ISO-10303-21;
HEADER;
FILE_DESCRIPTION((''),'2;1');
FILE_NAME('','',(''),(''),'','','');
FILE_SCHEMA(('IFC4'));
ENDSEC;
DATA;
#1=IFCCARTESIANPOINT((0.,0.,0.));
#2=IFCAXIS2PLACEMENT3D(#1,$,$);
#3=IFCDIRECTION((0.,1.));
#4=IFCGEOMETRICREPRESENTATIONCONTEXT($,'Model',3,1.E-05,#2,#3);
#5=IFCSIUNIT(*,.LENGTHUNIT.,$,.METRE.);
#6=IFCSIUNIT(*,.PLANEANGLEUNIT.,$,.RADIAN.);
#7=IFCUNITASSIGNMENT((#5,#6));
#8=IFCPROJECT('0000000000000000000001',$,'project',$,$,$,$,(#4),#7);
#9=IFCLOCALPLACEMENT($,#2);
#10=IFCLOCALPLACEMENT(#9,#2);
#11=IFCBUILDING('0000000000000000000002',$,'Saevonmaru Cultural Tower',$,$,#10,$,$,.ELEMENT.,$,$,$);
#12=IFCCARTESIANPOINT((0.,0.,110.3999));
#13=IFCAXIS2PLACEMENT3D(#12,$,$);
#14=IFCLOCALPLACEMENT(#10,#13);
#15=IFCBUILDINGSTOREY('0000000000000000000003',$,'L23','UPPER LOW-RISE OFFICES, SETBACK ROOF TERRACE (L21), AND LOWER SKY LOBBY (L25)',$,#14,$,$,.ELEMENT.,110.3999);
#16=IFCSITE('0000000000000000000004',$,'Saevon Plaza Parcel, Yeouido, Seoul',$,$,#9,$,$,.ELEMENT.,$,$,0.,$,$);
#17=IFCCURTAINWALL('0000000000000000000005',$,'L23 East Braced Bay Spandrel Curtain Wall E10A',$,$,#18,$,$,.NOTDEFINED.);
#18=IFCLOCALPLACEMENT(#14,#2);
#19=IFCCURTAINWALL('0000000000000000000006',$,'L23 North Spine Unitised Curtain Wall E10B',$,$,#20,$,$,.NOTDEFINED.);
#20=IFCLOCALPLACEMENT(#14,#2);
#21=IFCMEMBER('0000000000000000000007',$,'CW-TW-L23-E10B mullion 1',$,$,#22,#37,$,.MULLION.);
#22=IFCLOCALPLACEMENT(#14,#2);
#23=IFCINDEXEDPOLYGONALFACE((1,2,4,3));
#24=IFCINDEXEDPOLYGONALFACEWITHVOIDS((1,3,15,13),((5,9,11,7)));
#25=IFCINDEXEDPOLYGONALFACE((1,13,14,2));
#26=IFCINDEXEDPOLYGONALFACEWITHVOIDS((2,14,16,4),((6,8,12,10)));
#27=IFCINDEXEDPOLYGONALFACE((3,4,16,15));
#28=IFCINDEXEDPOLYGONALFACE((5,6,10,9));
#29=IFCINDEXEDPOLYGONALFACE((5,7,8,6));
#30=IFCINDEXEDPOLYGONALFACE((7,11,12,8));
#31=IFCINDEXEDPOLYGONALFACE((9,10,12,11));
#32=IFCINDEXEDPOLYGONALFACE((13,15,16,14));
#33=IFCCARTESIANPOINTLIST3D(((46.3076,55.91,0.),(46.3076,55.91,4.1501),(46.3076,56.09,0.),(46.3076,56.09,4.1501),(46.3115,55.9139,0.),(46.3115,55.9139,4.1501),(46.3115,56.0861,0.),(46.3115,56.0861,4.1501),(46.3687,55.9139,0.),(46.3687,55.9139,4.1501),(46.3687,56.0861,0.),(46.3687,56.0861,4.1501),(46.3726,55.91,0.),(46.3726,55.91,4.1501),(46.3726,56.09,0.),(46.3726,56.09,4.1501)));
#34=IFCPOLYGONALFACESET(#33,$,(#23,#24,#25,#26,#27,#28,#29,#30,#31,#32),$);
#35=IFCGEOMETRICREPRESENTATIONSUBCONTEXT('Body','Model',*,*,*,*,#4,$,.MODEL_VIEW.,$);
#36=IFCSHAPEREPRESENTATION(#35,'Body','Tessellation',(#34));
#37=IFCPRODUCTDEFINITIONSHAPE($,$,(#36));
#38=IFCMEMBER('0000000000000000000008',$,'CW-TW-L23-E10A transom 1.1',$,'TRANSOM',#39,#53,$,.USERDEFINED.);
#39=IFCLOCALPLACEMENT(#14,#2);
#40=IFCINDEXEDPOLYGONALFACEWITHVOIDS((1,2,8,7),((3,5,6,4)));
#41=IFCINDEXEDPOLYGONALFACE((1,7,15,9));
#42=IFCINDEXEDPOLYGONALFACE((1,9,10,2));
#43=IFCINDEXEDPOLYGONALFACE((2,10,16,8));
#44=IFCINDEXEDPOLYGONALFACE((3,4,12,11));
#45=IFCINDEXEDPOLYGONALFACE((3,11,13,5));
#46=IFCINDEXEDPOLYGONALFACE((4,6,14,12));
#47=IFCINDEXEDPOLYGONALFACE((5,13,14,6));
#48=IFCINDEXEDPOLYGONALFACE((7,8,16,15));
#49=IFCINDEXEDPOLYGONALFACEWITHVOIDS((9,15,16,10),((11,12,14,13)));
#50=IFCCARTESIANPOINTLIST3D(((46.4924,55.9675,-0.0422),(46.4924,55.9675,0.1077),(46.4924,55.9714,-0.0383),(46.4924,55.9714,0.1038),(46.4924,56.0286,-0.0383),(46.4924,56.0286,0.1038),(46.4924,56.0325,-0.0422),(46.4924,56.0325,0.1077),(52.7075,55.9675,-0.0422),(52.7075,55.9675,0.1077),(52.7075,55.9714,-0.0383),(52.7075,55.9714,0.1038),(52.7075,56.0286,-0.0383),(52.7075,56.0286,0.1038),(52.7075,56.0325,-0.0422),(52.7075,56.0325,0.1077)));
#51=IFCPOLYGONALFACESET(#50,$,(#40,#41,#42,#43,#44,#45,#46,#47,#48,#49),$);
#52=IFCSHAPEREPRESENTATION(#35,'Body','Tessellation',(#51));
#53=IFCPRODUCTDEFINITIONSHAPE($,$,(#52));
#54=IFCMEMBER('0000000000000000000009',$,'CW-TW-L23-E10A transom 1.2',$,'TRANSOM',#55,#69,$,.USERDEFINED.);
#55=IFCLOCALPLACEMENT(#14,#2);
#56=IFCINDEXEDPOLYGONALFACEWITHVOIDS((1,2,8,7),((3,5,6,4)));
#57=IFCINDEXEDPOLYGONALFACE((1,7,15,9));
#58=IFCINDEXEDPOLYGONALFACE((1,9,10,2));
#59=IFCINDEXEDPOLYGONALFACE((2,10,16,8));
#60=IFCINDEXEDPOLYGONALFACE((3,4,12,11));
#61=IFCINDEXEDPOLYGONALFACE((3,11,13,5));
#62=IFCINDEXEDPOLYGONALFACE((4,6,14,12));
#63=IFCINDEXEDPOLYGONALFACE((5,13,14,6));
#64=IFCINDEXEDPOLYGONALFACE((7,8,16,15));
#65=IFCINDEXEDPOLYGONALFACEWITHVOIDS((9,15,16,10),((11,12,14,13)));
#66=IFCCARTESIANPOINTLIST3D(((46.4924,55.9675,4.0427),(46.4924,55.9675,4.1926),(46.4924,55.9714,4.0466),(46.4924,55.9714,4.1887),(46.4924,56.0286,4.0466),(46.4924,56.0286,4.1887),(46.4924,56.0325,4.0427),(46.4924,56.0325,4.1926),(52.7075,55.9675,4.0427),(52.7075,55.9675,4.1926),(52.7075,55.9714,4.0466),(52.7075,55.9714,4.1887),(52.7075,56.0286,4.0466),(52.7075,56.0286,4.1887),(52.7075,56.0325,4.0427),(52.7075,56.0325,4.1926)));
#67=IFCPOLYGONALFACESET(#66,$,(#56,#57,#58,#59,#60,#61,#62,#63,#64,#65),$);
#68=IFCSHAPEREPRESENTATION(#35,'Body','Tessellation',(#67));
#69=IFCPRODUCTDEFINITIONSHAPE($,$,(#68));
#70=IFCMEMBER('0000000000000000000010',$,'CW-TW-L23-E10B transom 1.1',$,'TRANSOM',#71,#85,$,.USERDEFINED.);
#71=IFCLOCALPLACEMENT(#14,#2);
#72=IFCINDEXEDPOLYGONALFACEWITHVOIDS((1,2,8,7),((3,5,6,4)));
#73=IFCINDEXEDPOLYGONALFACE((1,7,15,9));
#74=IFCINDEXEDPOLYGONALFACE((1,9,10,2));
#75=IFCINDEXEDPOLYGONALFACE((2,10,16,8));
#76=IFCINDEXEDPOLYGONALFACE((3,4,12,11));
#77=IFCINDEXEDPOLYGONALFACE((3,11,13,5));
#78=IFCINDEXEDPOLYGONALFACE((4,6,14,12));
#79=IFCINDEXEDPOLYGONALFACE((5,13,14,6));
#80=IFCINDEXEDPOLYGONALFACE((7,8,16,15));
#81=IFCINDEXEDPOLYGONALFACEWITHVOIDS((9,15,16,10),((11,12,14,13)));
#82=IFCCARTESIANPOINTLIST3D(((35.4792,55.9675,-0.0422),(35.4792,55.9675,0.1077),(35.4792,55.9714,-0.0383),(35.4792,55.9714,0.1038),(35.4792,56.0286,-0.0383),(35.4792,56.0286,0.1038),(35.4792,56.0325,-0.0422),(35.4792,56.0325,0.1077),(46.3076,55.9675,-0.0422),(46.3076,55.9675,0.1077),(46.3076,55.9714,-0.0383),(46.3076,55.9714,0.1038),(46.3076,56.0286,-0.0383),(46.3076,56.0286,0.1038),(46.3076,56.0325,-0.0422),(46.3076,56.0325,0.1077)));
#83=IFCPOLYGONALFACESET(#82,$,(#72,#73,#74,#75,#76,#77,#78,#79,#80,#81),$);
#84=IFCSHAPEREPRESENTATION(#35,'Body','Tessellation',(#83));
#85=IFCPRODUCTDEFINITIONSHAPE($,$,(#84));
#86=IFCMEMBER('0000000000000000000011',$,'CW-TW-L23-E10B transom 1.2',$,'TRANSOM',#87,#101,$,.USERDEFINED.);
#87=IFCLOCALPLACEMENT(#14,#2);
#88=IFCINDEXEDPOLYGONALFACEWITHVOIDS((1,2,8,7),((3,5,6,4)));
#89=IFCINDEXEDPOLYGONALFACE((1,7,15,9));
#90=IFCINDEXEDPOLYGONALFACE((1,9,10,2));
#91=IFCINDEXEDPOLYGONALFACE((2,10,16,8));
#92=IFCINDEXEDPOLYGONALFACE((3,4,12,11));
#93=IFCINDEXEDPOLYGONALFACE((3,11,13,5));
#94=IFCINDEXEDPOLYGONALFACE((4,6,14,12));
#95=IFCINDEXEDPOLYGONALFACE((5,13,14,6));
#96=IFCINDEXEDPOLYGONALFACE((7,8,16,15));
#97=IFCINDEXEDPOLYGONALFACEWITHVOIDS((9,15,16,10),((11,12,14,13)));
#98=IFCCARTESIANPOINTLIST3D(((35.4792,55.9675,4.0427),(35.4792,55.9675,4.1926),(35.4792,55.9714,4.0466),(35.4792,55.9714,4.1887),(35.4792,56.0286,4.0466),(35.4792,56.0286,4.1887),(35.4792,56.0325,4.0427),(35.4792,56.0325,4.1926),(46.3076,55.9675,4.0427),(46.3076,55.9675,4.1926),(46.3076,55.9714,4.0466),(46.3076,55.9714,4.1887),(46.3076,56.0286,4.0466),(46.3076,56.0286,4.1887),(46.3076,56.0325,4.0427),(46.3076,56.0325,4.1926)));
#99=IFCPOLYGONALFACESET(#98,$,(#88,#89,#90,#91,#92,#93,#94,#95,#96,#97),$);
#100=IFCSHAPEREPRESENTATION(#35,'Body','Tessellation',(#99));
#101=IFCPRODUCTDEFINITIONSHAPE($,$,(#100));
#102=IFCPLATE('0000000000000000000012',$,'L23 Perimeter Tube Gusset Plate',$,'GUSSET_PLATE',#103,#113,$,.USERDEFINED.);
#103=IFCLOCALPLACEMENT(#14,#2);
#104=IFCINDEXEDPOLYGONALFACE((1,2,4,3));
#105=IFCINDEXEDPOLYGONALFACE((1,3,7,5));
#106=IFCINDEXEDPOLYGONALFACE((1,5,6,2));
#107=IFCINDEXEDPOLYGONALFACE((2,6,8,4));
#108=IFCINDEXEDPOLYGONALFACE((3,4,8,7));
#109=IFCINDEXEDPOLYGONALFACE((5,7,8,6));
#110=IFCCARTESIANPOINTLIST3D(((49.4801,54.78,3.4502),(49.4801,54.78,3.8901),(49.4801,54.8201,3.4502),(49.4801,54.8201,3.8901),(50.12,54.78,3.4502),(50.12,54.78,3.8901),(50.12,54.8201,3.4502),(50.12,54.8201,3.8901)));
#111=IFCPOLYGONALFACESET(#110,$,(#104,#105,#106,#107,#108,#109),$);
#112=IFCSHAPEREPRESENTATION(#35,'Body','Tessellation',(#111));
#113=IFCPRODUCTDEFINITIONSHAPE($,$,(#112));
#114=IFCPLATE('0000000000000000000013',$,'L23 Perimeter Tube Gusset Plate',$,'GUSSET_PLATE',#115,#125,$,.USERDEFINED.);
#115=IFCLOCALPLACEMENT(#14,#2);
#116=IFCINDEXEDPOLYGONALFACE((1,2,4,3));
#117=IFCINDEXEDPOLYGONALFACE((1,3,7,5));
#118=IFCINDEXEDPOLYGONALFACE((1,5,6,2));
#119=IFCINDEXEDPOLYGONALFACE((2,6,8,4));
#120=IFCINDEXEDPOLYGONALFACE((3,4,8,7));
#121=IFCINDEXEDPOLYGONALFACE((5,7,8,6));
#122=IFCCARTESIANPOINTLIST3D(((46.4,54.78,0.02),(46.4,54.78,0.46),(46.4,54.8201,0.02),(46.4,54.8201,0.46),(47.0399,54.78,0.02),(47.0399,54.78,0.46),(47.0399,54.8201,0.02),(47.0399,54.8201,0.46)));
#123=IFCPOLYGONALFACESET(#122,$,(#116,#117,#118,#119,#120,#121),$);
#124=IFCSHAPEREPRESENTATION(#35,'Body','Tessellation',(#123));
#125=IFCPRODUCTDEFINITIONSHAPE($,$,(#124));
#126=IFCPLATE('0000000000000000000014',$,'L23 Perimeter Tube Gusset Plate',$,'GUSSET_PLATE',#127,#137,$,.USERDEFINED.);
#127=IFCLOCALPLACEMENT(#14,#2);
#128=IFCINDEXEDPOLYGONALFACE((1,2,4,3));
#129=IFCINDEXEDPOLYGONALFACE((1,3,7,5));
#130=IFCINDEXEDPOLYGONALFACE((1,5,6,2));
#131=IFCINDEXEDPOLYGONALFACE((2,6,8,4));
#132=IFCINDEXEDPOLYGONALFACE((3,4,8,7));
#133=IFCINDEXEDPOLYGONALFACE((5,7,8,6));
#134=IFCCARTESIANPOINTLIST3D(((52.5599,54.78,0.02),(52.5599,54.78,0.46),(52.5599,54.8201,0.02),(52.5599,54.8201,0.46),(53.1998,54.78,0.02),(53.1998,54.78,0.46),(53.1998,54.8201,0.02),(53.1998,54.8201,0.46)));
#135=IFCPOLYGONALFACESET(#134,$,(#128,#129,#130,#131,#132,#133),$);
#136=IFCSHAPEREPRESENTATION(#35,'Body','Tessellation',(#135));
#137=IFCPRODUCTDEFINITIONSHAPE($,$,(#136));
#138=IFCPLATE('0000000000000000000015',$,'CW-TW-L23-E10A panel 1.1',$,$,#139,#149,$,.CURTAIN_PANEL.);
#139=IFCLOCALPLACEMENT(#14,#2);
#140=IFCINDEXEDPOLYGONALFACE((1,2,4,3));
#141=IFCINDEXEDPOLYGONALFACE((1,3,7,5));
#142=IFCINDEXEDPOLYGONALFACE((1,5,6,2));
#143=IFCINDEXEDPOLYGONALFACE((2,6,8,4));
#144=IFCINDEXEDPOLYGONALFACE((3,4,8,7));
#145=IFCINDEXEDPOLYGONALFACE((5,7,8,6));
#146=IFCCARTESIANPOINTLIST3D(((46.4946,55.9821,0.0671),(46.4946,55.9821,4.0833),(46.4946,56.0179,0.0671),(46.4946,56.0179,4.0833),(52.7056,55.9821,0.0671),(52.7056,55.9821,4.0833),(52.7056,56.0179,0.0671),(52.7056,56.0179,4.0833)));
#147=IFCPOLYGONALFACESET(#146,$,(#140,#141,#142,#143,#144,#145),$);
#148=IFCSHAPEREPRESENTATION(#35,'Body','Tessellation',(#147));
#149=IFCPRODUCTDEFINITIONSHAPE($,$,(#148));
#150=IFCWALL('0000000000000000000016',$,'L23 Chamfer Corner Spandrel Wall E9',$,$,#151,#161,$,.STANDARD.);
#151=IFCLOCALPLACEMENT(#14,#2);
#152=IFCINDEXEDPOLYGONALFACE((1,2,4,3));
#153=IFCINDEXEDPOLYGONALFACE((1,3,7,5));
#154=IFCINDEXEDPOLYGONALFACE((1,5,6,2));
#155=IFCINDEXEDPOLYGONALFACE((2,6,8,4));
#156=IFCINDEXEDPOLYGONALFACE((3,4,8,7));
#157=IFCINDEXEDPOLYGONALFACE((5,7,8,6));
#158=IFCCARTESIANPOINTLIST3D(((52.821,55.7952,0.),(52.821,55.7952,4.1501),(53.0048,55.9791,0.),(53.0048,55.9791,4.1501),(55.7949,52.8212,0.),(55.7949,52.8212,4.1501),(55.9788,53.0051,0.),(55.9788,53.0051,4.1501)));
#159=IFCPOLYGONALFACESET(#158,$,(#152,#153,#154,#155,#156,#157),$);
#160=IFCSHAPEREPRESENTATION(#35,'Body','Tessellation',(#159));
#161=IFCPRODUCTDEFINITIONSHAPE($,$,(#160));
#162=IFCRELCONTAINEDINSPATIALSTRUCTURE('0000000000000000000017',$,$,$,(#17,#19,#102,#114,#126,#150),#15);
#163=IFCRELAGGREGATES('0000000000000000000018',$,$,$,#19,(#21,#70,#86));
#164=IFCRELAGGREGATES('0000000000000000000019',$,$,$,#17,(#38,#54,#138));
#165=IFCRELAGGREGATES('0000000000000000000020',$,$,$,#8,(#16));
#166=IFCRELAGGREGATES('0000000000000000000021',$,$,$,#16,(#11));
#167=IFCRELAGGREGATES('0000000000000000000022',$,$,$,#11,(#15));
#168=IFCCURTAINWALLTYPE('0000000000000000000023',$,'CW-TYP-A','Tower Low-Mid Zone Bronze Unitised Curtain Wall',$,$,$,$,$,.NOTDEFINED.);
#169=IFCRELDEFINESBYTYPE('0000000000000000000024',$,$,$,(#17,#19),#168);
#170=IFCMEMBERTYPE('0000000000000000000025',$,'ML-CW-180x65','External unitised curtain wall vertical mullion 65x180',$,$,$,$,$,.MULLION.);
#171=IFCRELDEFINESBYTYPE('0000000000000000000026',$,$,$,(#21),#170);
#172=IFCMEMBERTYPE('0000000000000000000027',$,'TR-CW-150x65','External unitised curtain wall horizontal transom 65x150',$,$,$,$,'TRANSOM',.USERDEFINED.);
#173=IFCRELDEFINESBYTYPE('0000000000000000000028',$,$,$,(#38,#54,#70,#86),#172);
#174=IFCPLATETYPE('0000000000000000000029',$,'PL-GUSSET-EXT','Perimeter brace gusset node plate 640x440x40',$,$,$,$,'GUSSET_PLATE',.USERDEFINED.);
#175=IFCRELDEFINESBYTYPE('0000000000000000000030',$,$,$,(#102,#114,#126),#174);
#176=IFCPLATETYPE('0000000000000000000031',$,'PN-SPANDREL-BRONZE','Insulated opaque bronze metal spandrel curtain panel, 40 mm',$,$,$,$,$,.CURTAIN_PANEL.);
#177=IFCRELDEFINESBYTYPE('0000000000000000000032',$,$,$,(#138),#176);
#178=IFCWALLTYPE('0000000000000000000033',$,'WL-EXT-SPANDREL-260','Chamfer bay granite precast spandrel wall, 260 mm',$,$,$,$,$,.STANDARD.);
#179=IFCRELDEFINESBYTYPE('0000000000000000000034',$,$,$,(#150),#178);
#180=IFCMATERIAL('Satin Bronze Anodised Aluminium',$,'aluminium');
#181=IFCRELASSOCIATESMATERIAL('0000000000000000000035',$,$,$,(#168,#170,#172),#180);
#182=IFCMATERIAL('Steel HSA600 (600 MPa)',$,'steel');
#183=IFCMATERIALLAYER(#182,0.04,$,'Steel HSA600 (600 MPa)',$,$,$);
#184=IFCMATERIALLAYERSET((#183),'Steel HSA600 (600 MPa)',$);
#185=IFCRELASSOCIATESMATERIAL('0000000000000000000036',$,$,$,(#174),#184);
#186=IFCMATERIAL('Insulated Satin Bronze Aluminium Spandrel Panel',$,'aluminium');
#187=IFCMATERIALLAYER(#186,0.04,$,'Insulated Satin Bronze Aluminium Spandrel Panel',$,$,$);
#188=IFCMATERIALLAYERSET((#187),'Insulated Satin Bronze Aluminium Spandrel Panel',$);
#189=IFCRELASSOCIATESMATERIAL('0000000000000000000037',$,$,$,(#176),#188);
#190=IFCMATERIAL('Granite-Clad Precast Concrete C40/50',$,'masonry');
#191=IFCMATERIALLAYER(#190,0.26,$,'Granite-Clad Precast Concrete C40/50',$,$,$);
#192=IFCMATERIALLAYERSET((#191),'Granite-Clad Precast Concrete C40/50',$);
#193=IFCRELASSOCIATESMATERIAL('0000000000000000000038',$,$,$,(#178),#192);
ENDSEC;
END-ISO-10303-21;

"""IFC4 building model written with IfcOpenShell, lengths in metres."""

from ifc_helpers import new_model, si_unit, direction, frame, frame_2d, origin, origin_2d, place, context, subcontext, project, spatial, rectangle, hollow_rectangle, extrude, material, layer, layer_set, material_profile, profile_set, type_object, element, aggregate, save


model = new_model("IFC4")

# Units and contexts
model_context = context("Model", 3, precision=1e-05, world=origin(), true_north=direction((0.0, 1.0)))
body_context = subcontext(model_context, "Body", "Model", "MODEL_VIEW")
ifc_project = project(units=[si_unit("LENGTHUNIT", "METRE"), si_unit("PLANEANGLEUNIT", "RADIAN")], contexts=[model_context])

# Site, building, storey
site_placement = place(None, origin())
site = spatial("IfcSite", under=ifc_project, at=site_placement, Name="Saevon Plaza Parcel, Yeouido, Seoul", CompositionType="ELEMENT", RefElevation=0.0)
building_placement = place(site_placement, origin())
building = spatial("IfcBuilding", under=site, at=building_placement, Name="Saevonmaru Cultural Tower", CompositionType="ELEMENT")
storey_placement = place(building_placement, frame((0.0, 0.0, 110.3999)))
storey = spatial("IfcBuildingStorey", under=building, at=storey_placement, Name="L23", Description="UPPER LOW-RISE OFFICES, SETBACK ROOF TERRACE (L21), AND LOWER SKY LOBBY (L25)", CompositionType="ELEMENT", Elevation=110.3999)

# Shared definitions
ifc_material_1 = material(Name="Steel HSA600 (600 MPa)", Category="steel")

# Shared definitions
ifc_material_2 = material(Name="Satin Bronze Anodised Aluminium", Category="aluminium")
curtain_wall_type = type_object("IfcCurtainWallType", Name="CW-TYP-A", Description="Tower Low-Mid Zone Bronze Unitised Curtain Wall", PredefinedType="NOTDEFINED", material=ifc_material_2)
ifc_material_profile_1 = material_profile(ifc_material_2, hollow_rectangle(XDim=0.0649, YDim=0.1799, WallThickness=0.0039, at=origin_2d()), Name="ALU-MULL-180x65x4")
ifc_profile_set_1 = profile_set([ifc_material_profile_1], Name="Satin Bronze Anodised Aluminium")
member_type_1 = type_object("IfcMemberType", Name="ML-CW-180x65", Description="External unitised curtain wall vertical mullion 65x180", PredefinedType="MULLION", material=ifc_profile_set_1)

# Curtain wall
curtain_wall_1_placement = place(storey_placement, origin())
curtain_wall_1 = element("IfcCurtainWall", 1, at=curtain_wall_1_placement, inside=storey, type_object=curtain_wall_type, Name="L23 East Braced Bay Spandrel Curtain Wall E10A", PredefinedType="NOTDEFINED")

# Curtain wall, member
curtain_wall_2_placement = place(storey_placement, origin())
curtain_wall_2 = element("IfcCurtainWall", 2, at=curtain_wall_2_placement, inside=storey, type_object=curtain_wall_type, Name="L23 North Spine Unitised Curtain Wall E10B", PredefinedType="NOTDEFINED")
member_1_placement = place(storey_placement, frame((46.3401, 56.0, 0.0), z_axis=(0.0, 0.0, 1.0), x_axis=(-1.0, 0.0, 0.0)))
member_1 = element("IfcMember", 3, at=member_1_placement, type_object=member_type_1, Name="CW-TW-L23-E10B mullion 1", PredefinedType="MULLION", context=body_context, shape_type="SweptSolid", body=[
    extrude(hollow_rectangle(XDim=0.0649, YDim=0.1799, WallThickness=0.0039, at=origin_2d()), origin(), (0.0, 0.0, 1.0), 4.1501),
])

# Members
ifc_material_profile_2 = material_profile(ifc_material_2, hollow_rectangle(XDim=0.0649, YDim=0.1499, WallThickness=0.0039, at=origin_2d()), Name="ALU-TRAN-150x65x4")
ifc_profile_set_2 = profile_set([ifc_material_profile_2], Name="Satin Bronze Anodised Aluminium")
member_type_2 = type_object("IfcMemberType", Name="TR-CW-150x65", Description="External unitised curtain wall horizontal transom 65x150", ElementType="TRANSOM", PredefinedType="USERDEFINED", material=ifc_profile_set_2)
member_2_placement = place(storey_placement, frame((52.7075, 56.0, 0.0327), z_axis=(-1.0, 0.0, 0.0), x_axis=(0.0, -1.0, 0.0)))
member_2 = element("IfcMember", 4, at=member_2_placement, type_object=member_type_2, Name="CW-TW-L23-E10A transom 1.1", ObjectType="TRANSOM", PredefinedType="USERDEFINED", context=body_context, shape_type="SweptSolid", body=[
    extrude(hollow_rectangle(XDim=0.0649, YDim=0.1499, WallThickness=0.0039, at=origin_2d()), origin(), (0.0, 0.0, 1.0), 6.2151),
])
member_3_placement = place(storey_placement, frame((52.7075, 56.0, 4.1177), z_axis=(-1.0, 0.0, 0.0), x_axis=(0.0, -1.0, 0.0)))
member_3 = element("IfcMember", 5, at=member_3_placement, type_object=member_type_2, Name="CW-TW-L23-E10A transom 1.2", ObjectType="TRANSOM", PredefinedType="USERDEFINED", context=body_context, shape_type="SweptSolid", body=[
    extrude(hollow_rectangle(XDim=0.0649, YDim=0.1499, WallThickness=0.0039, at=origin_2d()), origin(), (0.0, 0.0, 1.0), 6.2151),
])
member_4_placement = place(storey_placement, frame((46.3076, 56.0, 0.0327), z_axis=(-1.0, 0.0, 0.0), x_axis=(0.0, -1.0, 0.0)))
member_4 = element("IfcMember", 6, at=member_4_placement, type_object=member_type_2, Name="CW-TW-L23-E10B transom 1.1", ObjectType="TRANSOM", PredefinedType="USERDEFINED", context=body_context, shape_type="SweptSolid", body=[
    extrude(hollow_rectangle(XDim=0.0649, YDim=0.1499, WallThickness=0.0039, at=origin_2d()), origin(), (0.0, 0.0, 1.0), 10.8284),
])
member_5_placement = place(storey_placement, frame((46.3076, 56.0, 4.1177), z_axis=(-1.0, 0.0, 0.0), x_axis=(0.0, -1.0, 0.0)))
member_5 = element("IfcMember", 7, at=member_5_placement, type_object=member_type_2, Name="CW-TW-L23-E10B transom 1.2", ObjectType="TRANSOM", PredefinedType="USERDEFINED", context=body_context, shape_type="SweptSolid", body=[
    extrude(hollow_rectangle(XDim=0.0649, YDim=0.1499, WallThickness=0.0039, at=origin_2d()), origin(), (0.0, 0.0, 1.0), 10.8284),
])
aggregate(curtain_wall_2, [member_1, member_4, member_5])

# Plates
ifc_layer_1 = layer(ifc_material_1, 0.04, Name="Steel HSA600 (600 MPa)")
ifc_layer_set_1 = layer_set([ifc_layer_1], Name="Steel HSA600 (600 MPa)")
plate_type_1 = type_object("IfcPlateType", Name="PL-GUSSET-EXT", Description="Perimeter brace gusset node plate 640x440x40", ElementType="GUSSET_PLATE", PredefinedType="USERDEFINED", material=ifc_layer_set_1)
for number, where, z_axis, x_axis, name in (
    (8, (49.8, 54.8, 3.4502), (0.0, 0.0, 1.0), (1.0, 0.0, 0.0), "L23 Perimeter Tube Gusset Plate"),
    (9, (46.72, 54.8, 0.02), (0.0, 0.0, 1.0), (1.0, 0.0, 0.0), "L23 Perimeter Tube Gusset Plate"),
    (10, (52.8799, 54.8, 0.02), (0.0, 0.0, 1.0), (1.0, 0.0, 0.0), "L23 Perimeter Tube Gusset Plate"),
):
    element("IfcPlate", number, at=place(storey_placement, frame(where, z_axis=z_axis, x_axis=x_axis)), inside=storey, type_object=plate_type_1, Name=name, ObjectType="GUSSET_PLATE", PredefinedType="USERDEFINED", context=body_context, shape_type="SweptSolid", body=[
        extrude(rectangle(XDim=0.6399, YDim=0.04, at=origin_2d()), origin(), (0.0, 0.0, 1.0), 0.4399),
    ])

# Plate
ifc_material_3 = material(Name="Insulated Satin Bronze Aluminium Spandrel Panel", Category="aluminium")
ifc_layer_2 = layer(ifc_material_3, 0.04, Name="Insulated Satin Bronze Aluminium Spandrel Panel")
ifc_layer_set_2 = layer_set([ifc_layer_2], Name="Insulated Satin Bronze Aluminium Spandrel Panel")
plate_type_2 = type_object("IfcPlateType", Name="PN-SPANDREL-BRONZE", Description="Insulated opaque bronze metal spandrel curtain panel, 40 mm", PredefinedType="CURTAIN_PANEL", material=ifc_layer_set_2)
plate_placement = place(storey_placement, frame((49.6001, 56.0, 0.0671), z_axis=(0.0, 0.0, 1.0), x_axis=(-1.0, 0.0, 0.0)))
plate = element("IfcPlate", 11, at=plate_placement, type_object=plate_type_2, Name="CW-TW-L23-E10A panel 1.1", PredefinedType="CURTAIN_PANEL", context=body_context, shape_type="SweptSolid", body=[
    extrude(rectangle(XDim=6.2109, YDim=0.0359, at=origin_2d()), origin(), (0.0, 0.0, 1.0), 4.0161),
])
aggregate(curtain_wall_1, [member_2, member_3, plate])

# Wall
ifc_material_4 = material(Name="Granite-Clad Precast Concrete C40/50", Category="masonry")
ifc_layer_3 = layer(ifc_material_4, 0.26, Name="Granite-Clad Precast Concrete C40/50")
ifc_layer_set_3 = layer_set([ifc_layer_3], Name="Granite-Clad Precast Concrete C40/50")
wall_type_1 = type_object("IfcWallType", Name="WL-EXT-SPANDREL-260", Description="Chamfer bay granite precast spandrel wall, 260 mm", PredefinedType="STANDARD", material=ifc_layer_set_3)
wall_1_placement = place(storey_placement, frame((55.887, 52.9131, 0.0), z_axis=(0.0, 0.0, 1.0), x_axis=(-0.707107, 0.707107, 0.0)))
element("IfcWall", 12, at=wall_1_placement, inside=storey, type_object=wall_type_1, Name="L23 Chamfer Corner Spandrel Wall E9", PredefinedType="STANDARD", context=body_context, shape_type="SweptSolid", body=[
    extrude(rectangle(XDim=4.2058, YDim=0.26, at=frame_2d((2.103, 0.0))), origin(), (0.0, 0.0, 1.0), 4.1501),
])

save(model, "model.ifc")
